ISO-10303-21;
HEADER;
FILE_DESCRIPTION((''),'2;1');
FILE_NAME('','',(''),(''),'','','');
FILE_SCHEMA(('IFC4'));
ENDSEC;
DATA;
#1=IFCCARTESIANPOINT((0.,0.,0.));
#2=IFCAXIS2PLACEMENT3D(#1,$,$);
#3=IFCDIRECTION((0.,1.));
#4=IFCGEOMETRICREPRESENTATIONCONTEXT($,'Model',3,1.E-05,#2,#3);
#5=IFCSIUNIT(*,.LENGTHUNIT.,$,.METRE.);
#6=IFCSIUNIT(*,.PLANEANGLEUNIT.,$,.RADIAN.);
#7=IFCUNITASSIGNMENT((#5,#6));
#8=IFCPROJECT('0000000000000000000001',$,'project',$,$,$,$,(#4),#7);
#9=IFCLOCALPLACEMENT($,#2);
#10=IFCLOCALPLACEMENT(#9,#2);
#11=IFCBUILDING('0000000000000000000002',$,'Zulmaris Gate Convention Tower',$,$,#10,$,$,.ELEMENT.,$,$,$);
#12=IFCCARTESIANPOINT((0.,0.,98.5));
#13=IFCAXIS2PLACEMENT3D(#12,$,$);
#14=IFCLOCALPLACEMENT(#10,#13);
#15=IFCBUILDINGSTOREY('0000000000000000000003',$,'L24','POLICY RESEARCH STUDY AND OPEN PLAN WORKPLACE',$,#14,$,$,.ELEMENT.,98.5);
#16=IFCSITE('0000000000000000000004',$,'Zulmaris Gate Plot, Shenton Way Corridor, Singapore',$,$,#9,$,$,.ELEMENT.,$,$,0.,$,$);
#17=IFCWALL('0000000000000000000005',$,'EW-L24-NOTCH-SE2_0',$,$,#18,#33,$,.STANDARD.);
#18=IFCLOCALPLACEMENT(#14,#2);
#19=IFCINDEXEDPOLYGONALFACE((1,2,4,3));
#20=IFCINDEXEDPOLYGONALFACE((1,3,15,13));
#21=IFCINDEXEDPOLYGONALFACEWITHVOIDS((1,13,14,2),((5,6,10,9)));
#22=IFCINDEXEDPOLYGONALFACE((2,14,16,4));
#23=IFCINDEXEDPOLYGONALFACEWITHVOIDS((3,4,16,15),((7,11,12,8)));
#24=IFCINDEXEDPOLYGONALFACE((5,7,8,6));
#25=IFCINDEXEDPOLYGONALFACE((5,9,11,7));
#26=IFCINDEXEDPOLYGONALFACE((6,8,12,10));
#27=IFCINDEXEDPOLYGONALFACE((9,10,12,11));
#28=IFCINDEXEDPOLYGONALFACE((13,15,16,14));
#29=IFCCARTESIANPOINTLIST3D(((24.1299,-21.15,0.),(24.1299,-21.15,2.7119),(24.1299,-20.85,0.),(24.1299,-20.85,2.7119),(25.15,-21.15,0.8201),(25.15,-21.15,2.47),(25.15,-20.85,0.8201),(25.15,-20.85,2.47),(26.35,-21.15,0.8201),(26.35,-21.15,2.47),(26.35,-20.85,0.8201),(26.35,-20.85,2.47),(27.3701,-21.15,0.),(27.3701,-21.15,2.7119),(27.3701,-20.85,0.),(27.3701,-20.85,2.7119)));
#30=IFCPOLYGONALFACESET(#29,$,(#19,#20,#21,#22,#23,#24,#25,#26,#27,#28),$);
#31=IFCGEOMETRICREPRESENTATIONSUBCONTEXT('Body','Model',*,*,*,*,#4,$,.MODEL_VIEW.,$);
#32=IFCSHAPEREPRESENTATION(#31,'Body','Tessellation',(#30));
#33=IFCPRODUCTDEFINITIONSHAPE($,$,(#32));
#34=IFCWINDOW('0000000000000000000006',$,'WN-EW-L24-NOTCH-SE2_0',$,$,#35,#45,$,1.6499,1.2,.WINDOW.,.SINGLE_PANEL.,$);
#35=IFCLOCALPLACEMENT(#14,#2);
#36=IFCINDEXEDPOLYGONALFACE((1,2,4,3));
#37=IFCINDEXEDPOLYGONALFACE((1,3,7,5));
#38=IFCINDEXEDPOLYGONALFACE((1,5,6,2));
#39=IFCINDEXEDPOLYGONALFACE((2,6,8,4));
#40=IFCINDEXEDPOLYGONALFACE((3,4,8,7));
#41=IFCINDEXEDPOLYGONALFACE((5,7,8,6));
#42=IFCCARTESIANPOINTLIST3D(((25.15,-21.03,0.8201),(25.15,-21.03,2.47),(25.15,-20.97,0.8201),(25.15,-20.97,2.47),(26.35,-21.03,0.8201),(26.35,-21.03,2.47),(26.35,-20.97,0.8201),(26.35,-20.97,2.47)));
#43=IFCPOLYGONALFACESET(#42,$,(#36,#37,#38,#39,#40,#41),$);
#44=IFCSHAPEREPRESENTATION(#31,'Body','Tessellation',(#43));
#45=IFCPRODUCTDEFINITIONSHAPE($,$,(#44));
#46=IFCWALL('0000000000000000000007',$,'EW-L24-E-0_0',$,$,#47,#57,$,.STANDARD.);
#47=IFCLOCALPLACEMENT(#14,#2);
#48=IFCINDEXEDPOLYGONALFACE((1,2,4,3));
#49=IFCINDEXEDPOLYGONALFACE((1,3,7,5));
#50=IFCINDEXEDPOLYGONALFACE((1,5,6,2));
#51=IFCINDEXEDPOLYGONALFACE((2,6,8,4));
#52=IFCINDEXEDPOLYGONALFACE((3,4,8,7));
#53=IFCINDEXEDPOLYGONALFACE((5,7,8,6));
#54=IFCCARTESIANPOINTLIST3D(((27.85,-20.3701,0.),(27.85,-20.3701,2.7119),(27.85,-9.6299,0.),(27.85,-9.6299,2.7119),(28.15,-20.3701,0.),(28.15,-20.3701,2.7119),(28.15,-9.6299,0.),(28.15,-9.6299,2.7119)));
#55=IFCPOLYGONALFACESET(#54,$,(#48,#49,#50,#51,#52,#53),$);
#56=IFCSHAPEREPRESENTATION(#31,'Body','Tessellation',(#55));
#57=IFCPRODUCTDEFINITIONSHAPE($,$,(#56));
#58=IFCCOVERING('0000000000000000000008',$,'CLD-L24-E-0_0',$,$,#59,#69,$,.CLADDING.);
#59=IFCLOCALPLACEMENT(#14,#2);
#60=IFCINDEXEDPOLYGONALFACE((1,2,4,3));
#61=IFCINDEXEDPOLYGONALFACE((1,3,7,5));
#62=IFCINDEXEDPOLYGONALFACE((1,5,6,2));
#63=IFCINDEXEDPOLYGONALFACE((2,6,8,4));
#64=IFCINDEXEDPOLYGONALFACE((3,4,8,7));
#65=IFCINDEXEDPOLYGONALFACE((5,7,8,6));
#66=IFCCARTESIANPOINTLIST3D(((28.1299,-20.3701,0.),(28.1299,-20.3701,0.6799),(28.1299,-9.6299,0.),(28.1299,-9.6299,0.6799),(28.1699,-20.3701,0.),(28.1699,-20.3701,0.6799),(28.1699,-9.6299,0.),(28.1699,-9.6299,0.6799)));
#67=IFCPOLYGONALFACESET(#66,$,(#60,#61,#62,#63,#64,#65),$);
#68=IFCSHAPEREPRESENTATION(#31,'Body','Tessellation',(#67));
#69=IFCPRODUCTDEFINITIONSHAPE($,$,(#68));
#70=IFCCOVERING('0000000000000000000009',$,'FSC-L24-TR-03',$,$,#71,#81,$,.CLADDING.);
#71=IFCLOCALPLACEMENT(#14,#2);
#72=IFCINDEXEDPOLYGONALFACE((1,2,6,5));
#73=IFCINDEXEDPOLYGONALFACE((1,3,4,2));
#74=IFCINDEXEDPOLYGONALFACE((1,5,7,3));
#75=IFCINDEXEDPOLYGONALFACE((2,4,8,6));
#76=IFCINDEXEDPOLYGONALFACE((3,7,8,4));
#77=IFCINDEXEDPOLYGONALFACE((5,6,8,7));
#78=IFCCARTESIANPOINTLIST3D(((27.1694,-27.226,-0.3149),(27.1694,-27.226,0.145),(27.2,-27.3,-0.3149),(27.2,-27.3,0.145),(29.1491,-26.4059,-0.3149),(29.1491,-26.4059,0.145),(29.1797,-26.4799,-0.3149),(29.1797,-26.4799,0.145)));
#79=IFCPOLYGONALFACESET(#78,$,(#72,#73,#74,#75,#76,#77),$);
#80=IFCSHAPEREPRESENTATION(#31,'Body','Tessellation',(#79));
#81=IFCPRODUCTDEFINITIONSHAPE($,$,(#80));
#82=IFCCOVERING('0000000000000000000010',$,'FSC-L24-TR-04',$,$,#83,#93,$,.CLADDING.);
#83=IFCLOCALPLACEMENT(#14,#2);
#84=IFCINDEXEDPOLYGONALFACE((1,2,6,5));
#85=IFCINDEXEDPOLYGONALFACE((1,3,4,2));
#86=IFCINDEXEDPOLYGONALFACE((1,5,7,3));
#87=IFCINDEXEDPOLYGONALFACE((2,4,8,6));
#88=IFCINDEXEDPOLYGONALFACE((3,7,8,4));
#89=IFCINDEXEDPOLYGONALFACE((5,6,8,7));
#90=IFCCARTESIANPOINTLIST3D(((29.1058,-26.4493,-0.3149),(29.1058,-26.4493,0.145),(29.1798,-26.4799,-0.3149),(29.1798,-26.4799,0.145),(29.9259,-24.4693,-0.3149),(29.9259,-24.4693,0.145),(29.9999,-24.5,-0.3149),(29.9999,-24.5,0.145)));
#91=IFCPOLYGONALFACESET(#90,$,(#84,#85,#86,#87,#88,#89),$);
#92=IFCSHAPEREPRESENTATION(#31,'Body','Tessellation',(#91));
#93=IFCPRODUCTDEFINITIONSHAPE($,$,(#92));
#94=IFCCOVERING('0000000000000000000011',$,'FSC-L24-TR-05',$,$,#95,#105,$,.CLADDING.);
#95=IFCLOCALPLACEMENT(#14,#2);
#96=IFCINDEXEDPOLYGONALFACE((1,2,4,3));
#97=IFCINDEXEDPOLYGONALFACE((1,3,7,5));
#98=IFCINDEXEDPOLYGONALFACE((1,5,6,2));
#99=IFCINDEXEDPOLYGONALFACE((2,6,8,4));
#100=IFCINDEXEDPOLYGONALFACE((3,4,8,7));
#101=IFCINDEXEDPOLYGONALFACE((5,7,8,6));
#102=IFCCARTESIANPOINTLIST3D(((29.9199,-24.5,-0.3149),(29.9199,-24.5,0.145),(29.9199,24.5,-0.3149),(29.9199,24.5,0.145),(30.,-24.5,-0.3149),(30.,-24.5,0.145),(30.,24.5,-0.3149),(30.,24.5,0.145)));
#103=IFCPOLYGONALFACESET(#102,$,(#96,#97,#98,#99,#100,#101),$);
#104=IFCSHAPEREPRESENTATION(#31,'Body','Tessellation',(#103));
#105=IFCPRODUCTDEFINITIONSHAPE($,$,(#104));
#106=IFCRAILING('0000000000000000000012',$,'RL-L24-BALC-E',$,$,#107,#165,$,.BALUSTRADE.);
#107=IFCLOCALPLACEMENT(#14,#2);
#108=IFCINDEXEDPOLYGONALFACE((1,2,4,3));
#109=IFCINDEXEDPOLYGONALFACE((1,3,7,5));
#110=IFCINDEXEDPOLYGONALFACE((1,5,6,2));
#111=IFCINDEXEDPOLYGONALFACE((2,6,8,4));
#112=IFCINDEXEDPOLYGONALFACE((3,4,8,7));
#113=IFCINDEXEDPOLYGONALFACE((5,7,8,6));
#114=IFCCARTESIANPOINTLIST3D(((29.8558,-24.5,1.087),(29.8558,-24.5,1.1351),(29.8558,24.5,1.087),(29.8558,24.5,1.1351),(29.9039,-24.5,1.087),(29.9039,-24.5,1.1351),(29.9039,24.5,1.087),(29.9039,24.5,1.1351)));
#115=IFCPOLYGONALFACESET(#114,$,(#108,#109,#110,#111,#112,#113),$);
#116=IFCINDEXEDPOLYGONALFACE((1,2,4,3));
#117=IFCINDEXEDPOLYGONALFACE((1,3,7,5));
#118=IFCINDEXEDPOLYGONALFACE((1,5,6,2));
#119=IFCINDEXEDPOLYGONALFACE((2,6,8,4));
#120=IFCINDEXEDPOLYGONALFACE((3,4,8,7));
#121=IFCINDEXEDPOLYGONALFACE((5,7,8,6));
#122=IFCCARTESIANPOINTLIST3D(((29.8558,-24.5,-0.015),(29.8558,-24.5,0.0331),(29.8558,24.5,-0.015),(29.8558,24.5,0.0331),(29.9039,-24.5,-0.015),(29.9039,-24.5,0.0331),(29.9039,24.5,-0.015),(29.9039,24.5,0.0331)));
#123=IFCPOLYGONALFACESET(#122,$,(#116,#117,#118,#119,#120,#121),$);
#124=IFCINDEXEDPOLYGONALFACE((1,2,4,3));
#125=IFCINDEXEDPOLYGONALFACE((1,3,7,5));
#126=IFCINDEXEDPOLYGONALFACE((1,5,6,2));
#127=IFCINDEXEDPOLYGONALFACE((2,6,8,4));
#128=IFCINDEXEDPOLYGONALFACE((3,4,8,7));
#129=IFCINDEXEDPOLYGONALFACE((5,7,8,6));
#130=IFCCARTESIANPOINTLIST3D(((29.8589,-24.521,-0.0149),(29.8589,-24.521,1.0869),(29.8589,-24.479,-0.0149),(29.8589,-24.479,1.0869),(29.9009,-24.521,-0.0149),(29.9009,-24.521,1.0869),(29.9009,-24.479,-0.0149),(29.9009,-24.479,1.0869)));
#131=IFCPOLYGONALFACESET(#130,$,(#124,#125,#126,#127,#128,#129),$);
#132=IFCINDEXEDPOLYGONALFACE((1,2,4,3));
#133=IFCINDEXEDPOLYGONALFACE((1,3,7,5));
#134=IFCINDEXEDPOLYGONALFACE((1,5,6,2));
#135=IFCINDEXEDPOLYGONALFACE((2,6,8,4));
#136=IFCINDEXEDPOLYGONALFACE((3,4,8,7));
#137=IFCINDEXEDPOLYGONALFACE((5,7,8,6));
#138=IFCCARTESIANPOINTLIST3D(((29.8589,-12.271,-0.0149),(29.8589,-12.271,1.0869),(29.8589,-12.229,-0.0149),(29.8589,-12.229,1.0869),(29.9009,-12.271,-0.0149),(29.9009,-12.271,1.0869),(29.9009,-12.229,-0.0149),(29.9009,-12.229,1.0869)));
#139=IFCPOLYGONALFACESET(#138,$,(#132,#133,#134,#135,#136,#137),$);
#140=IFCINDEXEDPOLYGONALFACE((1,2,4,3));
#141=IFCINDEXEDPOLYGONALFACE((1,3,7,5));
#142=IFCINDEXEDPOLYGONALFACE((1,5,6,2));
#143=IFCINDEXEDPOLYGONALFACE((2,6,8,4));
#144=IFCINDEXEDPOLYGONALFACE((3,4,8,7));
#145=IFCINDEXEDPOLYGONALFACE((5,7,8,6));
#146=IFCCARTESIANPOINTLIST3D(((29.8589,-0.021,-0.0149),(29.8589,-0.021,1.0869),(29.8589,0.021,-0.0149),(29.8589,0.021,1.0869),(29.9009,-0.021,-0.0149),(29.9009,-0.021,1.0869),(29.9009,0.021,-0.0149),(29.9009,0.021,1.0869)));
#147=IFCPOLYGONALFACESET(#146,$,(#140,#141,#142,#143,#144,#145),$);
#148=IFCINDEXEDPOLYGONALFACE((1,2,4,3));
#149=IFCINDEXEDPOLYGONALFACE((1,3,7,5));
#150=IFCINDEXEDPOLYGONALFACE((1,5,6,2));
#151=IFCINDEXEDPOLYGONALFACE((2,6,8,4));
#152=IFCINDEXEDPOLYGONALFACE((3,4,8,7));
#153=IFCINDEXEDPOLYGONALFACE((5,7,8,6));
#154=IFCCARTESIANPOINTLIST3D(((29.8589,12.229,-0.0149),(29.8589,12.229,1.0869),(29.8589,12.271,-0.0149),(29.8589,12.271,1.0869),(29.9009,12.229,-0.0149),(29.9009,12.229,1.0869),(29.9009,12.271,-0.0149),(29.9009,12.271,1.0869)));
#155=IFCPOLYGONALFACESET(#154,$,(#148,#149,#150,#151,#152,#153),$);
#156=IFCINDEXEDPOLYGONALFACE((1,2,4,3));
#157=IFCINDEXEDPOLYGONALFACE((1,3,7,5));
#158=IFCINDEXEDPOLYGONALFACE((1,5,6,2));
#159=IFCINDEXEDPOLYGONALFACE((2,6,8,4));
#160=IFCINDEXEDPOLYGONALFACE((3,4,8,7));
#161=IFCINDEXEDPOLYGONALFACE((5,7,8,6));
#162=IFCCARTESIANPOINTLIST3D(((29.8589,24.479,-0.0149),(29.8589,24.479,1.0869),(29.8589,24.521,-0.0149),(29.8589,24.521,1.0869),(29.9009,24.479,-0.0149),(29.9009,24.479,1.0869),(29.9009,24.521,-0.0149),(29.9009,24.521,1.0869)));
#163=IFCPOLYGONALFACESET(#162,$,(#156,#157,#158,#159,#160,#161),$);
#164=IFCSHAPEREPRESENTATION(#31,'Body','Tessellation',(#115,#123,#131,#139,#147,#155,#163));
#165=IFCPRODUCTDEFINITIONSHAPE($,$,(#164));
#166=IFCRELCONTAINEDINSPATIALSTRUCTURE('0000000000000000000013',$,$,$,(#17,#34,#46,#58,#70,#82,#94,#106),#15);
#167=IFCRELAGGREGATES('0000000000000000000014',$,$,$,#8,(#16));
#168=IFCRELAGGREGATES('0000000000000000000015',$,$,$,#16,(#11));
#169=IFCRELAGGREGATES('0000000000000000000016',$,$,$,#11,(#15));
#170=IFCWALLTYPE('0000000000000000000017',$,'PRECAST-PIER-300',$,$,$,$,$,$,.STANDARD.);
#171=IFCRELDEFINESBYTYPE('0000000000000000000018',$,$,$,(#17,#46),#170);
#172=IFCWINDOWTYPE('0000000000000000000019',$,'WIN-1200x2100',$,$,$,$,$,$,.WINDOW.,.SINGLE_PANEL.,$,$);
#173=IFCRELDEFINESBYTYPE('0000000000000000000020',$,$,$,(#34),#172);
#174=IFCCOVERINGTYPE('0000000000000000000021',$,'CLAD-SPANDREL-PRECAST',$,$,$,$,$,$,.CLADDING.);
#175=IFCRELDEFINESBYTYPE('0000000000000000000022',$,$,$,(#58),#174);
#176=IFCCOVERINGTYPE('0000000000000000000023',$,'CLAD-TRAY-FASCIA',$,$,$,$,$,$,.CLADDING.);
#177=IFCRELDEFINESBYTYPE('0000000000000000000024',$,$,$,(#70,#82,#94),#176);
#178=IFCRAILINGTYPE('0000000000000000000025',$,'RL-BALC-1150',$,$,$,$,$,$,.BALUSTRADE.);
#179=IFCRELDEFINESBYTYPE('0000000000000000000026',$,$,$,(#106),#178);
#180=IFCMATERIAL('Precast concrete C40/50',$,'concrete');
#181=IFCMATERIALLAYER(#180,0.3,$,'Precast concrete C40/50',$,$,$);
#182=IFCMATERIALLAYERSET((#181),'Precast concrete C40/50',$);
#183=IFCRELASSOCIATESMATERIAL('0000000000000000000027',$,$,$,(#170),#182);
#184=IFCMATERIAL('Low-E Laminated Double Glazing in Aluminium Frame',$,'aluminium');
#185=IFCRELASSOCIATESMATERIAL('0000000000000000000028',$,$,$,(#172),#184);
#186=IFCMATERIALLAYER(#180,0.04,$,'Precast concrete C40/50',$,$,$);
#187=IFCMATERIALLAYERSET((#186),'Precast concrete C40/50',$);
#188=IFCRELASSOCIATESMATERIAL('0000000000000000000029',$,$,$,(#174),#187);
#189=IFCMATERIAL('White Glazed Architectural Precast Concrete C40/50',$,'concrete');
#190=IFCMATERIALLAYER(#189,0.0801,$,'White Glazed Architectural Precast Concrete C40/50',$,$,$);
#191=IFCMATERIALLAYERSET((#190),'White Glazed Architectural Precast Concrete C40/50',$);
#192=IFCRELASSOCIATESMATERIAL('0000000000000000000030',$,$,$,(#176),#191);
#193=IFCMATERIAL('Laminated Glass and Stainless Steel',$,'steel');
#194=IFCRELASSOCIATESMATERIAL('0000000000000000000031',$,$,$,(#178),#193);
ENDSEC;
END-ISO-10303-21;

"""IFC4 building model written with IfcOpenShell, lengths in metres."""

from ifc_helpers import new_model, si_unit, direction, frame, frame_2d, origin, origin_2d, place, context, subcontext, project, spatial, rectangle, extrude, material, layer, layer_set, type_object, element, fill, save


model = new_model("IFC4")

# Units and contexts
model_context = context("Model", 3, precision=1e-05, world=origin(), true_north=direction((0.0, 1.0)))
body_context = subcontext(model_context, "Body", "Model", "MODEL_VIEW")
ifc_project = project(units=[si_unit("LENGTHUNIT", "METRE"), si_unit("PLANEANGLEUNIT", "RADIAN")], contexts=[model_context])

# Site, building, storey
site_placement = place(None, origin())
site = spatial("IfcSite", under=ifc_project, at=site_placement, Name="Zulmaris Gate Plot, Shenton Way Corridor, Singapore", CompositionType="ELEMENT", RefElevation=0.0)
building_placement = place(site_placement, origin())
building = spatial("IfcBuilding", under=site, at=building_placement, Name="Zulmaris Gate Convention Tower", CompositionType="ELEMENT")
storey_placement = place(building_placement, frame((0.0, 0.0, 98.5)))
storey = spatial("IfcBuildingStorey", under=building, at=storey_placement, Name="L24", Description="POLICY RESEARCH STUDY AND OPEN PLAN WORKPLACE", CompositionType="ELEMENT", Elevation=98.5)

# Wall, opening, window
ifc_material_1 = material(Name="Precast concrete C40/50", Category="concrete")
ifc_layer_1 = layer(ifc_material_1, 0.3, Name="Precast concrete C40/50")
ifc_layer_set_1 = layer_set([ifc_layer_1], Name="Precast concrete C40/50")
wall_type_1 = type_object("IfcWallType", Name="PRECAST-PIER-300", PredefinedType="STANDARD", material=ifc_layer_set_1)
ifc_material_2 = material(Name="Low-E Laminated Double Glazing in Aluminium Frame", Category="aluminium")
window_type = type_object("IfcWindowType", Name="WIN-1200x2100", PartitioningType="SINGLE_PANEL", PredefinedType="WINDOW", material=ifc_material_2)
wall_1_placement = place(storey_placement, frame((24.1299, -21.0, 0.0), z_axis=(0.0, 0.0, 1.0), x_axis=(1.0, 0.0, 0.0)))
wall_1 = element("IfcWall", 1, at=wall_1_placement, inside=storey, type_object=wall_type_1, Name="EW-L24-NOTCH-SE2_0", PredefinedType="STANDARD", context=body_context, shape_type="SweptSolid", body=[
    extrude(rectangle(XDim=3.2402, YDim=0.3, at=frame_2d((1.6201, 0.0))), origin(), (0.0, 0.0, 1.0), 2.7119),
])
opening_1_placement = place(wall_1_placement, frame((1.02, 0.0, 0.8201)))
opening_1 = element("IfcOpeningElement", 2, at=opening_1_placement, cuts=wall_1, PredefinedType="OPENING", context=body_context, shape_type="SweptSolid", body=[
    extrude(rectangle(XDim=1.2, YDim=1.6499, at=frame_2d((0.6001, 0.825))), frame((0.0, 0.1602, 0.0), z_axis=(0.0, -1.0, 0.0), x_axis=(1.0, 0.0, 0.0)), (0.0, 0.0, 1.0), 0.3201),
])
window_1_placement = place(opening_1_placement, origin())
window_1 = element("IfcWindow", 3, at=window_1_placement, inside=storey, type_object=window_type, Name="WN-EW-L24-NOTCH-SE2_0", OverallHeight=1.6499, OverallWidth=1.2, PartitioningType="SINGLE_PANEL", PredefinedType="WINDOW", context=body_context, shape_type="SweptSolid", body=[
    extrude(rectangle(XDim=1.2, YDim=1.6499, at=frame_2d((0.6001, 0.825))), frame((0.0, 0.03, 0.0), z_axis=(0.0, -1.0, 0.0), x_axis=(1.0, 0.0, 0.0)), (0.0, 0.0, 1.0), 0.0601),
])
fill(opening_1, window_1)

# Wall
wall_2_placement = place(storey_placement, frame((28.0, -20.3701, 0.0), z_axis=(0.0, 0.0, 1.0), x_axis=(0.0, 1.0, 0.0)))
element("IfcWall", 4, at=wall_2_placement, inside=storey, type_object=wall_type_1, Name="EW-L24-E-0_0", PredefinedType="STANDARD", context=body_context, shape_type="SweptSolid", body=[
    extrude(rectangle(XDim=10.7402, YDim=0.3, at=frame_2d((5.3701, 0.0))), origin(), (0.0, 0.0, 1.0), 2.7119),
])

# Coverings
ifc_layer_2 = layer(ifc_material_1, 0.04, Name="Precast concrete C40/50")
ifc_layer_set_2 = layer_set([ifc_layer_2], Name="Precast concrete C40/50")
covering_type_1 = type_object("IfcCoveringType", Name="CLAD-SPANDREL-PRECAST", PredefinedType="CLADDING", material=ifc_layer_set_2)
covering_1_placement = place(storey_placement, frame((28.1499, -20.3701, 0.0), z_axis=(0.0, 0.0, 1.0), x_axis=(0.0, 1.0, 0.0)))
element("IfcCovering", 5, at=covering_1_placement, inside=storey, type_object=covering_type_1, Name="CLD-L24-E-0_0", PredefinedType="CLADDING", context=body_context, shape_type="SweptSolid", body=[
    extrude(rectangle(XDim=10.7402, YDim=0.04, at=frame_2d((5.3701, 0.0))), origin(), (0.0, 0.0, 1.0), 0.6799),
])
ifc_material_3 = material(Name="White Glazed Architectural Precast Concrete C40/50", Category="concrete")
ifc_layer_3 = layer(ifc_material_3, 0.0801, Name="White Glazed Architectural Precast Concrete C40/50")
ifc_layer_set_3 = layer_set([ifc_layer_3], Name="White Glazed Architectural Precast Concrete C40/50")
covering_type_2 = type_object("IfcCoveringType", Name="CLAD-TRAY-FASCIA", PredefinedType="CLADDING", material=ifc_layer_set_3)
covering_2_placement = place(storey_placement, frame((27.1848, -27.2629, -0.3149), z_axis=(0.0, 0.0, 1.0), x_axis=(0.923874, 0.382697, 0.0)))
element("IfcCovering", 6, at=covering_2_placement, inside=storey, type_object=covering_type_2, Name="FSC-L24-TR-03", PredefinedType="CLADDING", context=body_context, shape_type="SweptSolid", body=[
    extrude(rectangle(XDim=2.1428, YDim=0.0801, at=frame_2d((1.0713, 0.0))), origin(), (0.0, 0.0, 1.0), 0.46),
])
covering_3_placement = place(storey_placement, frame((29.1428, -26.4646, -0.3149), z_axis=(0.0, 0.0, 1.0), x_axis=(0.382657, 0.92389, 0.0)))
element("IfcCovering", 7, at=covering_3_placement, inside=storey, type_object=covering_type_2, Name="FSC-L24-TR-04", PredefinedType="CLADDING", context=body_context, shape_type="SweptSolid", body=[
    extrude(rectangle(XDim=2.1431, YDim=0.0801, at=frame_2d((1.0715, 0.0))), origin(), (0.0, 0.0, 1.0), 0.46),
])
covering_4_placement = place(storey_placement, frame((29.96, -24.5, -0.3149), z_axis=(0.0, 0.0, 1.0), x_axis=(0.0, 1.0, 0.0)))
element("IfcCovering", 8, at=covering_4_placement, inside=storey, type_object=covering_type_2, Name="FSC-L24-TR-05", PredefinedType="CLADDING", context=body_context, shape_type="SweptSolid", body=[
    extrude(rectangle(XDim=49.0, YDim=0.0801, at=frame_2d((24.5, 0.0))), origin(), (0.0, 0.0, 1.0), 0.46),
])

# Railing
ifc_material_4 = material(Name="Laminated Glass and Stainless Steel", Category="steel")
railing_type = type_object("IfcRailingType", Name="RL-BALC-1150", PredefinedType="BALUSTRADE", material=ifc_material_4)
railing_placement = place(storey_placement, frame((29.8799, -24.5, -0.0149)))
element("IfcRailing", 9, at=railing_placement, inside=storey, type_object=railing_type, Name="RL-L24-BALC-E", PredefinedType="BALUSTRADE", context=body_context, shape_type="SweptSolid", body=[
    extrude(rectangle(XDim=0.0481, YDim=0.0481, at=origin_2d()), frame((0.0, 0.0, 1.126), z_axis=(0.0, 1.0, 0.0), x_axis=(-1.0, 0.0, 0.0)), (0.0, 0.0, 1.0), 49.0),
    extrude(rectangle(XDim=0.0481, YDim=0.0481, at=origin_2d()), frame((0.0, 0.0, 0.0239), z_axis=(0.0, 1.0, 0.0), x_axis=(-1.0, 0.0, 0.0)), (0.0, 0.0, 1.0), 49.0),
    extrude(rectangle(XDim=0.042, YDim=0.042, at=origin_2d()), origin(), (0.0, 0.0, 1.0), 1.1018),
    extrude(rectangle(XDim=0.042, YDim=0.042, at=origin_2d()), frame((0.0, 12.25, 0.0)), (0.0, 0.0, 1.0), 1.1018),
    extrude(rectangle(XDim=0.042, YDim=0.042, at=origin_2d()), frame((0.0, 24.5, 0.0)), (0.0, 0.0, 1.0), 1.1018),
    extrude(rectangle(XDim=0.042, YDim=0.042, at=origin_2d()), frame((0.0, 36.75, 0.0)), (0.0, 0.0, 1.0), 1.1018),
    extrude(rectangle(XDim=0.042, YDim=0.042, at=origin_2d()), frame((0.0, 49.0, 0.0)), (0.0, 0.0, 1.0), 1.1018),
])

save(model, "model.ifc")
